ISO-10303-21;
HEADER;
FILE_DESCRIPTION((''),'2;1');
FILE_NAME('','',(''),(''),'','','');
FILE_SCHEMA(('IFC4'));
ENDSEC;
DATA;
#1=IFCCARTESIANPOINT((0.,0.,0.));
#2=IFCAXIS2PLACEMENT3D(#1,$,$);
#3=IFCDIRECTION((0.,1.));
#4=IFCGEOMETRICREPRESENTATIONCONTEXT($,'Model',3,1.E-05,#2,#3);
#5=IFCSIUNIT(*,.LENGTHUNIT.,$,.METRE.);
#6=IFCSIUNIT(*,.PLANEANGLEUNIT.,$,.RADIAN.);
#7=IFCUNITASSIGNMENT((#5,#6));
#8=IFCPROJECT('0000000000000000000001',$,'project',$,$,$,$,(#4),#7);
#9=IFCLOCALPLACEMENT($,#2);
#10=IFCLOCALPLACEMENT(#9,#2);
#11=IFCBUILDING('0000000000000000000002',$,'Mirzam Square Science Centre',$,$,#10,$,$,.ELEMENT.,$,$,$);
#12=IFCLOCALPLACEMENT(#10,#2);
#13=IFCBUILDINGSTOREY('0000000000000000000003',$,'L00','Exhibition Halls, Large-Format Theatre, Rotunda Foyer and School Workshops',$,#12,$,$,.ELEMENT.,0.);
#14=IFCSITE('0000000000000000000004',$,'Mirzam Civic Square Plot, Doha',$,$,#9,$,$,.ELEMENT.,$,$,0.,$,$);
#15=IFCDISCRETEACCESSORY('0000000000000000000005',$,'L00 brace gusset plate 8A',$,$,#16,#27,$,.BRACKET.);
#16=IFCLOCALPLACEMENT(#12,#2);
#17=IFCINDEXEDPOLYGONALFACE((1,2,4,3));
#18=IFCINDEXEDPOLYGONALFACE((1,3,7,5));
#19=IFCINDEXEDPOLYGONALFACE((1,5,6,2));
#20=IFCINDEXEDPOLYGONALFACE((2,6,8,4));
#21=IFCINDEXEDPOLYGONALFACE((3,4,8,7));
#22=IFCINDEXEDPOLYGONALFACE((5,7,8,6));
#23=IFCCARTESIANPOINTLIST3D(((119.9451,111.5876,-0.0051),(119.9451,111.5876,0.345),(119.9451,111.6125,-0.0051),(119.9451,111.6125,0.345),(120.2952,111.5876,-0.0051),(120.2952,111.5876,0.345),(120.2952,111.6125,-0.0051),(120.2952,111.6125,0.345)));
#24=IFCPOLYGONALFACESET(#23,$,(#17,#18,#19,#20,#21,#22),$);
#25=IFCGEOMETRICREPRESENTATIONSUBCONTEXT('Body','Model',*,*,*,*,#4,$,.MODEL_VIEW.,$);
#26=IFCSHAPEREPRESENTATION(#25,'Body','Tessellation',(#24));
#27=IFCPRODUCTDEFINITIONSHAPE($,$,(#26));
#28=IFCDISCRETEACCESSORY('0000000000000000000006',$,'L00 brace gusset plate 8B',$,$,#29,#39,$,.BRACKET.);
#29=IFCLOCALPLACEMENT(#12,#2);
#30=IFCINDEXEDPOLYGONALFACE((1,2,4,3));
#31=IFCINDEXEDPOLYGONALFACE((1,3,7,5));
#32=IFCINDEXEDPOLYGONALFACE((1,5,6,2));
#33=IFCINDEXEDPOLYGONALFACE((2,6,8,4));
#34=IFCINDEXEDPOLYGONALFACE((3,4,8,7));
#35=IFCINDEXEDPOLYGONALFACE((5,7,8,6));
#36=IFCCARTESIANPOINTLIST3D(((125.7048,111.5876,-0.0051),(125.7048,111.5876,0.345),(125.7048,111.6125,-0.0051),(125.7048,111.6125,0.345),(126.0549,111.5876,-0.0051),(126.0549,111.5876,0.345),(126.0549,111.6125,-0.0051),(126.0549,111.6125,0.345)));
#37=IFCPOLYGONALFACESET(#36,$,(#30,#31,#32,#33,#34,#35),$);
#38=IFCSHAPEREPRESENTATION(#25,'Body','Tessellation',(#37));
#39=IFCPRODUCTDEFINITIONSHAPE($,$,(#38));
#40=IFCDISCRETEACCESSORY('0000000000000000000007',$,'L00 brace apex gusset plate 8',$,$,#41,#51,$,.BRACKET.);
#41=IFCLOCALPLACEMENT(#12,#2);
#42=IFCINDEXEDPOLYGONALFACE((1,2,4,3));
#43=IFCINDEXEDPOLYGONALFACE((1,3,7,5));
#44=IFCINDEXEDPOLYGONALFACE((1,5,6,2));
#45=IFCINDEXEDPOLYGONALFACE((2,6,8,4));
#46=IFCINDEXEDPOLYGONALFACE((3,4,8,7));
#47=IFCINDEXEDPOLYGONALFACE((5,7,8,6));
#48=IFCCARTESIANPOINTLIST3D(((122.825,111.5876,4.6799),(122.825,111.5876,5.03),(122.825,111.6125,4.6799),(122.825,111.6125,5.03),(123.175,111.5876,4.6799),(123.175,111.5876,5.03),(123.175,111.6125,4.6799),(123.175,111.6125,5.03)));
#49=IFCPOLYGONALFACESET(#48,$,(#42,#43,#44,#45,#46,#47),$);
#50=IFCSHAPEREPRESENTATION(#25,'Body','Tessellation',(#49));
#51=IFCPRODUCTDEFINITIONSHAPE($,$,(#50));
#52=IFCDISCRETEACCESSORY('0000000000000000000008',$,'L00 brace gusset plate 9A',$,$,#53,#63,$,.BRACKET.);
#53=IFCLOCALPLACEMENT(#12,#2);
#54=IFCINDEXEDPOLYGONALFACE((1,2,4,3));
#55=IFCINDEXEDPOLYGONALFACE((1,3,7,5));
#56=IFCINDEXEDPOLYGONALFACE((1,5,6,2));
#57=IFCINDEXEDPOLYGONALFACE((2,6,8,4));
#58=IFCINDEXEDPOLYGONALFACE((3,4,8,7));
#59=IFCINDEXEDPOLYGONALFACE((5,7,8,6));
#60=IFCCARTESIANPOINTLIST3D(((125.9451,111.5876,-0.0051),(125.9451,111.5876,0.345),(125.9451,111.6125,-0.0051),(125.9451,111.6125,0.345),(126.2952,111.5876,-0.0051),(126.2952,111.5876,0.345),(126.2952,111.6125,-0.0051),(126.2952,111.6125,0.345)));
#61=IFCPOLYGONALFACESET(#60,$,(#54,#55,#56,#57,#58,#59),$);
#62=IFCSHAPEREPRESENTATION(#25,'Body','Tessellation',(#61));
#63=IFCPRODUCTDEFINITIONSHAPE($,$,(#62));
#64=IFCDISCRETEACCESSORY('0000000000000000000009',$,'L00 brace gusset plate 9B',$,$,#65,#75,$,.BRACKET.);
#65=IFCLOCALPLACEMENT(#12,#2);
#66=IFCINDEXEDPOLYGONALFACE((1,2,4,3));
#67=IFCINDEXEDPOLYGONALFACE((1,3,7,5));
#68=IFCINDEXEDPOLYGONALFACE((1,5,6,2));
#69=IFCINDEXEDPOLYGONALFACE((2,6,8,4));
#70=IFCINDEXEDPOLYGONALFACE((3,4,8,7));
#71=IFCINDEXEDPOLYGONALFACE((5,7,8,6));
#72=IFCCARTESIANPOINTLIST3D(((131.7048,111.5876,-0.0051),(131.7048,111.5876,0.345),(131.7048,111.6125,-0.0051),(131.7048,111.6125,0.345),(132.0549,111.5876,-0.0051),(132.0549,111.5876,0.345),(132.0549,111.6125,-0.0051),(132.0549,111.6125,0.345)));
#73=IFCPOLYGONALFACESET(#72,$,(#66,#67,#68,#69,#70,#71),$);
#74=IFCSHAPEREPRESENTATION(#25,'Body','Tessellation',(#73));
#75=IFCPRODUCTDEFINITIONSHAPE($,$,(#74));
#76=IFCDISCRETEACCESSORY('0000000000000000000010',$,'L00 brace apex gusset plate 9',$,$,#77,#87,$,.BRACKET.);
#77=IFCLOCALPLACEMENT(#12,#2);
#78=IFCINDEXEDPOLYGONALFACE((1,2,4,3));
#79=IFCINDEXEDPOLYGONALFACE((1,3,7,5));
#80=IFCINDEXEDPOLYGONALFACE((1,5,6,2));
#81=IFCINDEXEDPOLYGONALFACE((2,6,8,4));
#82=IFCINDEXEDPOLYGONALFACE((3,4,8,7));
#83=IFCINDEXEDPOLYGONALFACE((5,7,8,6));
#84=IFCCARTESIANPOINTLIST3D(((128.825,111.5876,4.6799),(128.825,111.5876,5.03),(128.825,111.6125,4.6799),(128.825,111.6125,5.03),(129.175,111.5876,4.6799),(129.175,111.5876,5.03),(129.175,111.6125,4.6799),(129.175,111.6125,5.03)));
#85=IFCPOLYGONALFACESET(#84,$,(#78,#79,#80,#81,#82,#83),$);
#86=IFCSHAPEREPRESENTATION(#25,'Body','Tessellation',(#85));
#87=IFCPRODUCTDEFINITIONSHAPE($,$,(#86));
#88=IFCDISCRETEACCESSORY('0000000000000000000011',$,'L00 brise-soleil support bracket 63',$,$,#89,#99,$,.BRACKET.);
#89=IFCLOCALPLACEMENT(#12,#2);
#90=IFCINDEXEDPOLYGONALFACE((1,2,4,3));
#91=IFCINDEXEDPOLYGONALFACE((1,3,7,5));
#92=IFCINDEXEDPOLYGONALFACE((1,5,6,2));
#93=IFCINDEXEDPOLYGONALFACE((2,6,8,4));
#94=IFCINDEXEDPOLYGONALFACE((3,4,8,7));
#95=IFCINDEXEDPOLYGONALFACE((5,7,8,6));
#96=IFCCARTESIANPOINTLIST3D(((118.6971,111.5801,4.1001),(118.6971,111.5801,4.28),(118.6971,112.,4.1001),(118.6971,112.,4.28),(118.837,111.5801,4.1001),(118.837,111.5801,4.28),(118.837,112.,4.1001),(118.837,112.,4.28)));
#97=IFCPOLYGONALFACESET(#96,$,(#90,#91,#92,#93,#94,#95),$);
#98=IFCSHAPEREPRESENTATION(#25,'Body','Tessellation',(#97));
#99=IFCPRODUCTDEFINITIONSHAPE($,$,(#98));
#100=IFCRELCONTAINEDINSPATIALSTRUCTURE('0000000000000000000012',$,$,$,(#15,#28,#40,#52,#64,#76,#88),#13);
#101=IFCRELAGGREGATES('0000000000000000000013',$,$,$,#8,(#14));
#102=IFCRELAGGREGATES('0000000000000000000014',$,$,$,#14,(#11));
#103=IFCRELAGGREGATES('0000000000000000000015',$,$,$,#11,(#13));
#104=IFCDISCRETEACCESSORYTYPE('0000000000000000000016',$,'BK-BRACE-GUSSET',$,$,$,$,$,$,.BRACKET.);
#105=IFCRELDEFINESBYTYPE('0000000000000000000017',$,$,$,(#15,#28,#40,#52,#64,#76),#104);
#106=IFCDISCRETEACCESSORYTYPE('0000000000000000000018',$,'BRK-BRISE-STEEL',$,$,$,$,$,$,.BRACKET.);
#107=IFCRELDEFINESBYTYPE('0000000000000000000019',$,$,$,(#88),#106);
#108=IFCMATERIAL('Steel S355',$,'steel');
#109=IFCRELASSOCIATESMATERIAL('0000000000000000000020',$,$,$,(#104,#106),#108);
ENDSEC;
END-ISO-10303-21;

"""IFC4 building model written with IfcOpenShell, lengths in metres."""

from ifc_helpers import new_model, si_unit, direction, frame, origin, origin_2d, place, context, subcontext, project, spatial, rectangle, extrude, material, type_object, element, save


model = new_model("IFC4")

# Units and contexts
model_context = context("Model", 3, precision=1e-05, world=origin(), true_north=direction((0.0, 1.0)))
body_context = subcontext(model_context, "Body", "Model", "MODEL_VIEW")
ifc_project = project(units=[si_unit("LENGTHUNIT", "METRE"), si_unit("PLANEANGLEUNIT", "RADIAN")], contexts=[model_context])

# Site, building, storey
site_placement = place(None, origin())
site = spatial("IfcSite", under=ifc_project, at=site_placement, Name="Mirzam Civic Square Plot, Doha", CompositionType="ELEMENT", RefElevation=0.0)
building_placement = place(site_placement, origin())
building = spatial("IfcBuilding", under=site, at=building_placement, Name="Mirzam Square Science Centre", CompositionType="ELEMENT")
storey_placement = place(building_placement, origin())
storey = spatial("IfcBuildingStorey", under=building, at=storey_placement, Name="L00", Description="Exhibition Halls, Large-Format Theatre, Rotunda Foyer and School Workshops", CompositionType="ELEMENT", Elevation=0.0)

# Shared definitions
ifc_material_1 = material(Name="Steel S355", Category="steel")

# Discrete accessories
discrete_accessory_type_1 = type_object("IfcDiscreteAccessoryType", Name="BK-BRACE-GUSSET", PredefinedType="BRACKET", material=ifc_material_1)
for number, where, z_axis, x_axis, name in (
    (1, (120.1201, 111.6001, -0.0051), (0.0, 0.0, 1.0), (1.0, 0.0, 0.0), "L00 brace gusset plate 8A"),
    (2, (125.8799, 111.6001, -0.0051), (0.0, 0.0, 1.0), (1.0, 0.0, 0.0), "L00 brace gusset plate 8B"),
    (3, (123.0, 111.6001, 4.6799), (0.0, 0.0, 1.0), (1.0, 0.0, 0.0), "L00 brace apex gusset plate 8"),
    (4, (126.1201, 111.6001, -0.0051), (0.0, 0.0, 1.0), (1.0, 0.0, 0.0), "L00 brace gusset plate 9A"),
    (5, (131.8799, 111.6001, -0.0051), (0.0, 0.0, 1.0), (1.0, 0.0, 0.0), "L00 brace gusset plate 9B"),
    (6, (129.0, 111.6001, 4.6799), (0.0, 0.0, 1.0), (1.0, 0.0, 0.0), "L00 brace apex gusset plate 9"),
):
    element("IfcDiscreteAccessory", number, at=place(storey_placement, frame(where, z_axis=z_axis, x_axis=x_axis)), inside=storey, type_object=discrete_accessory_type_1, Name=name, PredefinedType="BRACKET", context=body_context, shape_type="SweptSolid", body=[
        extrude(rectangle(XDim=0.3501, YDim=0.0249, at=origin_2d()), origin(), (0.0, 0.0, 1.0), 0.3501),
    ])
discrete_accessory_type_2 = type_object("IfcDiscreteAccessoryType", Name="BRK-BRISE-STEEL", PredefinedType="BRACKET", material=ifc_material_1)
discrete_accessory_placement = place(storey_placement, frame((118.7671, 111.79, 4.1001), z_axis=(0.0, 0.0, 1.0), x_axis=(-1.0, 0.0, 0.0)))
element("IfcDiscreteAccessory", 7, at=discrete_accessory_placement, inside=storey, type_object=discrete_accessory_type_2, Name="L00 brise-soleil support bracket 63", PredefinedType="BRACKET", context=body_context, shape_type="SweptSolid", body=[
    extrude(rectangle(XDim=0.1399, YDim=0.4199, at=origin_2d()), origin(), (0.0, 0.0, 1.0), 0.1799),
])

save(model, "model.ifc")
